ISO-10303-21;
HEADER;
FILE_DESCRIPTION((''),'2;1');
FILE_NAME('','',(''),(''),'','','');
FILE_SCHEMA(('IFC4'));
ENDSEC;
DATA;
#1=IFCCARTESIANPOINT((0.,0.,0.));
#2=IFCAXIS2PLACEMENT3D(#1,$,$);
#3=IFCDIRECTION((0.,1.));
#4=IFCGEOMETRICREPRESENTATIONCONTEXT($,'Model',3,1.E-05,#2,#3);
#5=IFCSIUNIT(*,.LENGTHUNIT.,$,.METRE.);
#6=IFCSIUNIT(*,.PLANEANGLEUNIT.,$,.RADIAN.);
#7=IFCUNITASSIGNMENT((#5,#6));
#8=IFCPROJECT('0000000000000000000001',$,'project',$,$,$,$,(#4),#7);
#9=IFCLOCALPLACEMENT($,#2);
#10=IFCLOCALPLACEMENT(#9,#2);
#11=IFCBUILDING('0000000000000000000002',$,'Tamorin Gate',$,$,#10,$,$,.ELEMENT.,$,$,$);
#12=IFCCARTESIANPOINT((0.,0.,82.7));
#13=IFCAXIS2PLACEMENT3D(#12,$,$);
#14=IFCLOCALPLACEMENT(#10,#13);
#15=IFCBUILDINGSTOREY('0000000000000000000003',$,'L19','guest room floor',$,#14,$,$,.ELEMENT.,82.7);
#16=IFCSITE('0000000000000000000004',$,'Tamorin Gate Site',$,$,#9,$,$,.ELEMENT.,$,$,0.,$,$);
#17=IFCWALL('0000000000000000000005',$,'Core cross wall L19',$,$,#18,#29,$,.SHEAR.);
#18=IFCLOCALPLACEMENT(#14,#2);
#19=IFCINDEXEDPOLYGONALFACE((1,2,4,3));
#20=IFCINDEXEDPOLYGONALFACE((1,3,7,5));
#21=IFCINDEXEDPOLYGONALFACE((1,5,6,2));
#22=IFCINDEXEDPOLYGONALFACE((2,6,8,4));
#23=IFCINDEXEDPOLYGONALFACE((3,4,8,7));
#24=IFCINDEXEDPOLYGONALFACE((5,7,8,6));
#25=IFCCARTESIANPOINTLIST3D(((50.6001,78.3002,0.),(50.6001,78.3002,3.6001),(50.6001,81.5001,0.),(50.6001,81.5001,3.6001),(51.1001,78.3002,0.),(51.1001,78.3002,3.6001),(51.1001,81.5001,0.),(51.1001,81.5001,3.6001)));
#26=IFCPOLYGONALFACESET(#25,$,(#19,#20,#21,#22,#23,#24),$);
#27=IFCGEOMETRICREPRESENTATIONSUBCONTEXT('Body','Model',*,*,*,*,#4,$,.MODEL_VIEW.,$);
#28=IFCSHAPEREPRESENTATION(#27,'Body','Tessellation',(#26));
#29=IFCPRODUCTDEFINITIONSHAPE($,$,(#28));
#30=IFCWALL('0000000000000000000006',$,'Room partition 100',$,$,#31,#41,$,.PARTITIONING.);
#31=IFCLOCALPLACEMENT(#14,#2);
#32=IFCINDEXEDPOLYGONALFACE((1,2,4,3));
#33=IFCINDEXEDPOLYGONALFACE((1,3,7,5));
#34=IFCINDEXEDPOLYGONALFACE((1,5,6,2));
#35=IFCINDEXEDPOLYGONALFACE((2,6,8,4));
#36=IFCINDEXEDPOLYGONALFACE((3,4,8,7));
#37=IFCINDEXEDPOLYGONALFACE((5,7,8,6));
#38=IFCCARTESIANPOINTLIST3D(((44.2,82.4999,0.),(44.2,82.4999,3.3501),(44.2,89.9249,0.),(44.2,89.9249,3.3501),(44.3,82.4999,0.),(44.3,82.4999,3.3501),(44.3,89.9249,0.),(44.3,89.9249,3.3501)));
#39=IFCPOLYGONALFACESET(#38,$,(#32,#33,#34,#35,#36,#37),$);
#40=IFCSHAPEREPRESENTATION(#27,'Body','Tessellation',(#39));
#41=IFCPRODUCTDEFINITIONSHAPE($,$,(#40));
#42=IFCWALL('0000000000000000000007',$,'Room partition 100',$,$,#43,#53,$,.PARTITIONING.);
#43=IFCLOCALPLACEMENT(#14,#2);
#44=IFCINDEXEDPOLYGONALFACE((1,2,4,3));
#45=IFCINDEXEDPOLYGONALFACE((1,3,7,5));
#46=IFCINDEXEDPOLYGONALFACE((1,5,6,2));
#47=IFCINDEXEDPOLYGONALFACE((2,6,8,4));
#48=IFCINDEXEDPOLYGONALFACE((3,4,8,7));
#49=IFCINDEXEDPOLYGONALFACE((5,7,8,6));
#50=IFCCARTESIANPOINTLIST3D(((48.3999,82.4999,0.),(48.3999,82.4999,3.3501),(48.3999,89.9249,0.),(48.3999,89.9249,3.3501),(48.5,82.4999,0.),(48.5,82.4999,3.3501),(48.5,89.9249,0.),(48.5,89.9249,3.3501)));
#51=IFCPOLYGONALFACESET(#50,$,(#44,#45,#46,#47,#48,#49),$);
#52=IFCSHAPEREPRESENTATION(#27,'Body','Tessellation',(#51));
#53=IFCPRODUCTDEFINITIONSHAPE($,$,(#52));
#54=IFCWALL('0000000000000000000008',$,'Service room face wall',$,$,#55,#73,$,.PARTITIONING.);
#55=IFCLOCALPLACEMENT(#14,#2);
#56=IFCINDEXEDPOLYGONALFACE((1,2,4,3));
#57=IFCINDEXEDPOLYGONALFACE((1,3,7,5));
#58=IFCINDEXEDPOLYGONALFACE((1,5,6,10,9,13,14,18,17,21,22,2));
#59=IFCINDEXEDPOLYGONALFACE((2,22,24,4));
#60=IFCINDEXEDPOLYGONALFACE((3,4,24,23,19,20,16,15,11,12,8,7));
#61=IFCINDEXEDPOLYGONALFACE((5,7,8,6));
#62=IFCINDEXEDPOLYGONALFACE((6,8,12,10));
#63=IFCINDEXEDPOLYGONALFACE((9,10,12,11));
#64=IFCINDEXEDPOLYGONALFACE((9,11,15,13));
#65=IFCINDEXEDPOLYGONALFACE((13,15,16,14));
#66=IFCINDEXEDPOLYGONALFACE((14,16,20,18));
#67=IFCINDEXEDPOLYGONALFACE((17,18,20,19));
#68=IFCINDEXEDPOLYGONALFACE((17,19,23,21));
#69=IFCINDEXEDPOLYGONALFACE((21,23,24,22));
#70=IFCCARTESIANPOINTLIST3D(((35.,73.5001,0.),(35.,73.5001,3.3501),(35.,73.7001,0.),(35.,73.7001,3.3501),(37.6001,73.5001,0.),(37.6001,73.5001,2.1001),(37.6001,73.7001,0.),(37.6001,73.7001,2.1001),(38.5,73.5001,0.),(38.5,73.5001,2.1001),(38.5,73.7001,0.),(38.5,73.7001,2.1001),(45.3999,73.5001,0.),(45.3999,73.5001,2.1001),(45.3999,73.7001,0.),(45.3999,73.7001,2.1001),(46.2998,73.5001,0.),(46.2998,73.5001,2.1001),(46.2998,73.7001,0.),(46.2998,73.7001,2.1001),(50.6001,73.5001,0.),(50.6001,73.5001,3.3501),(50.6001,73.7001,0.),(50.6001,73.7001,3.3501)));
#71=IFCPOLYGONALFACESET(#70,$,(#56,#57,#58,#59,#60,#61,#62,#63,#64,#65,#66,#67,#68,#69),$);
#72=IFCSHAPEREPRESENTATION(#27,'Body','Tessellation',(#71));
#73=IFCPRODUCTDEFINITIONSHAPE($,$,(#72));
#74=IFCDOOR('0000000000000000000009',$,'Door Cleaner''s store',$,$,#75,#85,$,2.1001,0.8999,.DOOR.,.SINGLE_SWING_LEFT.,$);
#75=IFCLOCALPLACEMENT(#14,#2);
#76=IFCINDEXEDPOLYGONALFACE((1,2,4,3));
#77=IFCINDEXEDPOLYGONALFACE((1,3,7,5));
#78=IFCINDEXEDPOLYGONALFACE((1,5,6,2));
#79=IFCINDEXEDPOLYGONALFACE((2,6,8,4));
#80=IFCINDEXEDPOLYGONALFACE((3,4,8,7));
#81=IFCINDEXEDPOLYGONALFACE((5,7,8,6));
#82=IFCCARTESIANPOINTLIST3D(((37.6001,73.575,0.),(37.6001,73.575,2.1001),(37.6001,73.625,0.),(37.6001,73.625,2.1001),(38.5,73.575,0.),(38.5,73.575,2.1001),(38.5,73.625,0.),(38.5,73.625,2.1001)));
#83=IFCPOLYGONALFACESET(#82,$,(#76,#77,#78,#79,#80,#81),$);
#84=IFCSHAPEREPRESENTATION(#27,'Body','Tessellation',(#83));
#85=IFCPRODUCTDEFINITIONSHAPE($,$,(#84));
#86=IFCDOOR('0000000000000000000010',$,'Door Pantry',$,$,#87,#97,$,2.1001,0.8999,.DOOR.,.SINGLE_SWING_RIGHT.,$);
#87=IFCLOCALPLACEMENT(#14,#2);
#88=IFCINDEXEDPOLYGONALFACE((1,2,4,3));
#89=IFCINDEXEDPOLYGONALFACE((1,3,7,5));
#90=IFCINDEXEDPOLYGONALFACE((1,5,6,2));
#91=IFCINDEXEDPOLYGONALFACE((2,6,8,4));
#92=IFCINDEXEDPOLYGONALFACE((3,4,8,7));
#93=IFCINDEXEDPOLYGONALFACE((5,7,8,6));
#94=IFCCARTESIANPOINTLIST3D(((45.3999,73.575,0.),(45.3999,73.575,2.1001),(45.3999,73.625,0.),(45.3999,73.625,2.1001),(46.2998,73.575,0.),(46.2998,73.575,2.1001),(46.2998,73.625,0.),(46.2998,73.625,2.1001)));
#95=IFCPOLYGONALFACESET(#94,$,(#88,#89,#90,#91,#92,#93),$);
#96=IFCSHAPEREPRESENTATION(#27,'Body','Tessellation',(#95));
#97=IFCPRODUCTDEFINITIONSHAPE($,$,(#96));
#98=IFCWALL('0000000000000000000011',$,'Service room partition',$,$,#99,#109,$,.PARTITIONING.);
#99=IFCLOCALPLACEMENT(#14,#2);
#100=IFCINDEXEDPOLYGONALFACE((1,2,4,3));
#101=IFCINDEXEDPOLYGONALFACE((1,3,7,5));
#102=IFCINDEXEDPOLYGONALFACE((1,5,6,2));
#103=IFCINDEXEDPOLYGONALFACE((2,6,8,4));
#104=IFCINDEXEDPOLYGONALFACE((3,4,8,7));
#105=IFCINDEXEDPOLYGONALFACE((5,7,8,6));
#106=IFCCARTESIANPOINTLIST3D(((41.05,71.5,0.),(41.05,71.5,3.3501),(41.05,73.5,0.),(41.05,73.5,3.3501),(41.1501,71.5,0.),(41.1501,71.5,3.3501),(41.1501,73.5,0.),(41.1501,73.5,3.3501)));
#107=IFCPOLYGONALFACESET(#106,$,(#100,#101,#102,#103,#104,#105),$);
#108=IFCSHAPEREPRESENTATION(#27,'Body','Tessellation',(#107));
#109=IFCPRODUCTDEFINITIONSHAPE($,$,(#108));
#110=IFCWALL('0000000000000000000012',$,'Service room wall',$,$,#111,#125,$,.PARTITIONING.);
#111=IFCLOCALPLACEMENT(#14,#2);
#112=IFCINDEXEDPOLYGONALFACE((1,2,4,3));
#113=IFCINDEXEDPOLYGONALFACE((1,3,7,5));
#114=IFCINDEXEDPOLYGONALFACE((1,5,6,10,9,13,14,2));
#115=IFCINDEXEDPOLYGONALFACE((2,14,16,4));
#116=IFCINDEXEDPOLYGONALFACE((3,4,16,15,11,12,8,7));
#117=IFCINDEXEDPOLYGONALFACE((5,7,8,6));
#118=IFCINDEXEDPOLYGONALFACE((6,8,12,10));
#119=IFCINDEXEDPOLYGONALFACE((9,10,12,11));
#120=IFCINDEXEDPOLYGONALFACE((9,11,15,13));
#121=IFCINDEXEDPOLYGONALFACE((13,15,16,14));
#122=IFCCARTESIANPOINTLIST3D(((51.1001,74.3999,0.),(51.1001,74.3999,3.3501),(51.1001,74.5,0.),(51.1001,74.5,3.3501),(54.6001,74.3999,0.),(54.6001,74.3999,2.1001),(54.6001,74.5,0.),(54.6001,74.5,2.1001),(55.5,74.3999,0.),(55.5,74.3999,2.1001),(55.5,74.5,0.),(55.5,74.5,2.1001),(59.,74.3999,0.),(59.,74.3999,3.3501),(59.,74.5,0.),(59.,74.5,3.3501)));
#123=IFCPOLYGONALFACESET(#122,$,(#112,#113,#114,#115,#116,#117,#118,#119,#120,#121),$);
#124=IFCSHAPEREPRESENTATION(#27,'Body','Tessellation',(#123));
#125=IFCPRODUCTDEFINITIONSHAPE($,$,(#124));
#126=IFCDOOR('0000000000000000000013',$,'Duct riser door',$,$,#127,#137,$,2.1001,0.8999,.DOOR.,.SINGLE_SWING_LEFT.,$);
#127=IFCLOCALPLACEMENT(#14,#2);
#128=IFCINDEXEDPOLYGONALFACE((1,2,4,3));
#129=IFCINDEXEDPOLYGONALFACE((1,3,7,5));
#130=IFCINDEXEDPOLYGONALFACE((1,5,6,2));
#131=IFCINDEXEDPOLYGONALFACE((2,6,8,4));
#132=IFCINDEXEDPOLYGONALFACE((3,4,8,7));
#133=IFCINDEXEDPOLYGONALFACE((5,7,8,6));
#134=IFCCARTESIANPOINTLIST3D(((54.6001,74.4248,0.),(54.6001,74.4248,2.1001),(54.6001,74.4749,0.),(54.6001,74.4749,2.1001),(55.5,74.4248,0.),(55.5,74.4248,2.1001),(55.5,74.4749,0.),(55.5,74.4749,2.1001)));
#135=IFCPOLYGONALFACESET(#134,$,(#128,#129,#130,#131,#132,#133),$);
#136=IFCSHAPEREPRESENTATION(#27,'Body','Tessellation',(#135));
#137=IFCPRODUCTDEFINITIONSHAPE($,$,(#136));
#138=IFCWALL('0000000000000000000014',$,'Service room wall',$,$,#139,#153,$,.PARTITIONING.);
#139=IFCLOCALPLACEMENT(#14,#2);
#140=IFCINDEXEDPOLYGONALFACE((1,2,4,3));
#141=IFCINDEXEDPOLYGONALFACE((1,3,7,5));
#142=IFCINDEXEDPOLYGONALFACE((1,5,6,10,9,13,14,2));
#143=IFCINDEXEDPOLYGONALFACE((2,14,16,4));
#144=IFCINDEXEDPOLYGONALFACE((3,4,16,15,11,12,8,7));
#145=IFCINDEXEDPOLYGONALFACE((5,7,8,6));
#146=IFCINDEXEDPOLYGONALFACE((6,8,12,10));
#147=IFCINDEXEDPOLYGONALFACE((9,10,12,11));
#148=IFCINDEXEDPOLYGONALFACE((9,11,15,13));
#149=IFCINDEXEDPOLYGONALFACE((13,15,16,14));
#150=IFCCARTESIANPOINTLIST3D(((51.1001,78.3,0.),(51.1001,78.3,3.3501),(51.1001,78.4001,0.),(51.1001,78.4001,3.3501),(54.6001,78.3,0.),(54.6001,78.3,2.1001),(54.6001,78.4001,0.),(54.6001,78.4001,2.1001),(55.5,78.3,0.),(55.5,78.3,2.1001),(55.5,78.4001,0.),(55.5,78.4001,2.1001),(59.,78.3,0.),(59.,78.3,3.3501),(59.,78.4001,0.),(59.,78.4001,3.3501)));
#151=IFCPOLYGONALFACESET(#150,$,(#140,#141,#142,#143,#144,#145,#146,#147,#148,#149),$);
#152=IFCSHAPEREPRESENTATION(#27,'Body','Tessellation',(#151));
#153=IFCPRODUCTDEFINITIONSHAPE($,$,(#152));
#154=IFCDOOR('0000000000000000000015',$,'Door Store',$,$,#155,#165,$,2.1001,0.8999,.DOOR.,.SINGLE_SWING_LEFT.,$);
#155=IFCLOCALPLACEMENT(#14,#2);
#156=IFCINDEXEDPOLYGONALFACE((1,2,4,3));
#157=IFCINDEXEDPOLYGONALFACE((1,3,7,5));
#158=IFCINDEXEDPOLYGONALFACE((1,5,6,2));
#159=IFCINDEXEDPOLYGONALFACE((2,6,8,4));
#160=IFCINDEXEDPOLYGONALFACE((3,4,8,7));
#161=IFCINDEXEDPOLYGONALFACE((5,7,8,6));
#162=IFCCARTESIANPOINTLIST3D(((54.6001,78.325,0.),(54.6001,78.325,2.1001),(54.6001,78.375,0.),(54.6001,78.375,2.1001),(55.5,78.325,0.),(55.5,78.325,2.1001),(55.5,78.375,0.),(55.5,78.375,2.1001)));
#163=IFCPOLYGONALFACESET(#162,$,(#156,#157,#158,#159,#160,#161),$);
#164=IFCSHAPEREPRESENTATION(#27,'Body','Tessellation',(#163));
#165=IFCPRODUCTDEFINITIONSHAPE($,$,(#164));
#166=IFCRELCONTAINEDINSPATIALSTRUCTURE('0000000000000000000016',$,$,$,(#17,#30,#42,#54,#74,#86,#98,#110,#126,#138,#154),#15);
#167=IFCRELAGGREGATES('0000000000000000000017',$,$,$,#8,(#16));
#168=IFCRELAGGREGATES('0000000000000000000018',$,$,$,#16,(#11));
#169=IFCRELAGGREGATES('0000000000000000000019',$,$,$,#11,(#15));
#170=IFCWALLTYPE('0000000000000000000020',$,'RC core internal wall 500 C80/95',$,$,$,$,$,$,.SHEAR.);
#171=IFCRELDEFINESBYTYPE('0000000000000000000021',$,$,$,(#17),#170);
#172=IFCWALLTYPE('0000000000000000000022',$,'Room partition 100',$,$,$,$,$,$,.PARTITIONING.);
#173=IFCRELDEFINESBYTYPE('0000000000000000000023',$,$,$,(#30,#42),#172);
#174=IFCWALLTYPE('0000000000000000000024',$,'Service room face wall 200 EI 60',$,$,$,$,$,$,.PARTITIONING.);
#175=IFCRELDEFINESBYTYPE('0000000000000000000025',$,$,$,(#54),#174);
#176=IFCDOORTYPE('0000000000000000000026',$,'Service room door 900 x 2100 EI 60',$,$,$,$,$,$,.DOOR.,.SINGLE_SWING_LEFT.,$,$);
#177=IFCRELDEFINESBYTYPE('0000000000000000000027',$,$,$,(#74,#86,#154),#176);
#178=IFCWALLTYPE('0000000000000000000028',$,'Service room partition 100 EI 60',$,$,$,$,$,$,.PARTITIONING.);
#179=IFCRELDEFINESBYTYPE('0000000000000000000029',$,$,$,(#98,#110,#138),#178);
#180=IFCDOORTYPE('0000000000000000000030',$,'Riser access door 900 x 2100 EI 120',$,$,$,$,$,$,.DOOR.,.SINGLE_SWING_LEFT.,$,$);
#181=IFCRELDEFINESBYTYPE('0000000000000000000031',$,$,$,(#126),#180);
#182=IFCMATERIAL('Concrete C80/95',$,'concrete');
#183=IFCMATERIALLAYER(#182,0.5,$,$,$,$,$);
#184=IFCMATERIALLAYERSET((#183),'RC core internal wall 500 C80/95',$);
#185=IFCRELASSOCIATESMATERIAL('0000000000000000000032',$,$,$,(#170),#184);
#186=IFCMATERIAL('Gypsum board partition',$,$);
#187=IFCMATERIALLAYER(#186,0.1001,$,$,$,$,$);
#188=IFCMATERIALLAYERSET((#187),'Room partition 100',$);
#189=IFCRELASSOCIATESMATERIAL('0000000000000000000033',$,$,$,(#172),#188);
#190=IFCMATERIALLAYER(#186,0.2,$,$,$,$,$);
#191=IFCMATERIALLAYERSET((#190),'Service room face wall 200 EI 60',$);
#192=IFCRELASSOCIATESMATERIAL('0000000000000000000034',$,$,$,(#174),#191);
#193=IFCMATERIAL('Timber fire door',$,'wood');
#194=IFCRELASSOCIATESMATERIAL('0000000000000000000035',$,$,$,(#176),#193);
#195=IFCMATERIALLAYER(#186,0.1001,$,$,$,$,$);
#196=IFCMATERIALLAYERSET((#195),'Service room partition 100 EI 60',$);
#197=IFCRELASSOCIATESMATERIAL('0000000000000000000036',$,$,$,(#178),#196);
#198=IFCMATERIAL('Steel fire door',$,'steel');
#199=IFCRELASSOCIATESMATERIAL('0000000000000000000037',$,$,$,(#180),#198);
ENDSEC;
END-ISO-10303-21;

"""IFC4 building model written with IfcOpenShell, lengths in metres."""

from ifc_helpers import new_model, si_unit, direction, frame, frame_2d, origin, place, context, subcontext, project, spatial, rectangle, extrude, material, layer, layer_set, type_object, element, fill, save


model = new_model("IFC4")

# Units and contexts
model_context = context("Model", 3, precision=1e-05, world=origin(), true_north=direction((0.0, 1.0)))
body_context = subcontext(model_context, "Body", "Model", "MODEL_VIEW")
ifc_project = project(units=[si_unit("LENGTHUNIT", "METRE"), si_unit("PLANEANGLEUNIT", "RADIAN")], contexts=[model_context])

# Site, building, storey
site_placement = place(None, origin())
site = spatial("IfcSite", under=ifc_project, at=site_placement, Name="Tamorin Gate Site", CompositionType="ELEMENT", RefElevation=0.0)
building_placement = place(site_placement, origin())
building = spatial("IfcBuilding", under=site, at=building_placement, Name="Tamorin Gate", CompositionType="ELEMENT")
storey_placement = place(building_placement, frame((0.0, 0.0, 82.7)))
storey = spatial("IfcBuildingStorey", under=building, at=storey_placement, Name="L19", Description="guest room floor", CompositionType="ELEMENT", Elevation=82.7)

# Shared definitions
ifc_material_1 = material(Name="Concrete C80/95", Category="concrete")

# Shared definitions
ifc_material_2 = material(Name="Steel fire door", Category="steel")

# Walls
ifc_layer_1 = layer(ifc_material_1, 0.5)
ifc_layer_set_1 = layer_set([ifc_layer_1], Name="RC core internal wall 500 C80/95")
wall_type_1 = type_object("IfcWallType", Name="RC core internal wall 500 C80/95", PredefinedType="SHEAR", material=ifc_layer_set_1)
wall_1_placement = place(storey_placement, frame((50.8501, 78.3, 0.0), z_axis=(0.0, 0.0, 1.0), x_axis=(0.0, 1.0, 0.0)))
element("IfcWall", 1, at=wall_1_placement, inside=storey, type_object=wall_type_1, Name="Core cross wall L19", PredefinedType="SHEAR", context=body_context, shape_type="SweptSolid", body=[
    extrude(rectangle(XDim=3.2, YDim=0.5, at=frame_2d((1.6001, 0.0))), origin(), (0.0, 0.0, 1.0), 3.6001),
])
ifc_material_3 = material(Name="Gypsum board partition")
ifc_layer_2 = layer(ifc_material_3, 0.1001)
ifc_layer_set_2 = layer_set([ifc_layer_2], Name="Room partition 100")
wall_type_2 = type_object("IfcWallType", Name="Room partition 100", PredefinedType="PARTITIONING", material=ifc_layer_set_2)
for number, where, z_axis, x_axis, name in (
    (2, (44.25, 82.5, 0.0), (0.0, 0.0, 1.0), (0.0, 1.0, 0.0), "Room partition 100"),
    (3, (48.45, 82.5, 0.0), (0.0, 0.0, 1.0), (0.0, 1.0, 0.0), "Room partition 100"),
):
    element("IfcWall", number, at=place(storey_placement, frame(where, z_axis=z_axis, x_axis=x_axis)), inside=storey, type_object=wall_type_2, Name=name, PredefinedType="PARTITIONING", context=body_context, shape_type="SweptSolid", body=[
        extrude(rectangle(XDim=7.425, YDim=0.1001, at=frame_2d((3.7124, 0.0))), origin(), (0.0, 0.0, 1.0), 3.3501),
    ])

# Wall, openings, doors
ifc_layer_3 = layer(ifc_material_3, 0.2)
ifc_layer_set_3 = layer_set([ifc_layer_3], Name="Service room face wall 200 EI 60")
wall_type_3 = type_object("IfcWallType", Name="Service room face wall 200 EI 60", PredefinedType="PARTITIONING", material=ifc_layer_set_3)
wall_2_placement = place(storey_placement, frame((35.0, 73.6001, 0.0), z_axis=(0.0, 0.0, 1.0), x_axis=(1.0, 0.0, 0.0)))
wall_2 = element("IfcWall", 4, at=wall_2_placement, inside=storey, type_object=wall_type_3, Name="Service room face wall", PredefinedType="PARTITIONING", context=body_context, shape_type="SweptSolid", body=[
    extrude(rectangle(XDim=15.6001, YDim=0.2, at=frame_2d((7.8, 0.0))), origin(), (0.0, 0.0, 1.0), 3.3501),
])
opening_1_placement = place(wall_2_placement, frame((2.6001, 0.0, 0.0)))
opening_1 = element("IfcOpeningElement", 5, at=opening_1_placement, cuts=wall_2, PredefinedType="OPENING", context=body_context, shape_type="SweptSolid", body=[
    extrude(rectangle(XDim=0.8999, YDim=2.1001, at=frame_2d((0.45, 1.05))), frame((0.0, 0.1099, 0.0), z_axis=(0.0, -1.0, 0.0), x_axis=(1.0, 0.0, 0.0)), (0.0, 0.0, 1.0), 0.22),
])
opening_2_placement = place(wall_2_placement, frame((10.3999, 0.0, 0.0)))
opening_2 = element("IfcOpeningElement", 6, at=opening_2_placement, cuts=wall_2, PredefinedType="OPENING", context=body_context, shape_type="SweptSolid", body=[
    extrude(rectangle(XDim=0.8999, YDim=2.1001, at=frame_2d((0.45, 1.05))), frame((0.0, 0.1099, 0.0), z_axis=(0.0, -1.0, 0.0), x_axis=(1.0, 0.0, 0.0)), (0.0, 0.0, 1.0), 0.22),
])
ifc_material_4 = material(Name="Timber fire door", Category="wood")
door_type_1 = type_object("IfcDoorType", Name="Service room door 900 x 2100 EI 60", OperationType="SINGLE_SWING_LEFT", PredefinedType="DOOR", material=ifc_material_4)
door_1_placement = place(opening_1_placement, origin())
door_1 = element("IfcDoor", 7, at=door_1_placement, inside=storey, type_object=door_type_1, Name="Door Cleaner's store", OperationType="SINGLE_SWING_LEFT", OverallHeight=2.1001, OverallWidth=0.8999, PredefinedType="DOOR", context=body_context, shape_type="SweptSolid", body=[
    extrude(rectangle(XDim=0.8999, YDim=2.1001, at=frame_2d((0.45, 1.05))), frame((0.0, 0.0249, 0.0), z_axis=(0.0, -1.0, 0.0), x_axis=(1.0, 0.0, 0.0)), (0.0, 0.0, 1.0), 0.05),
])
fill(opening_1, door_1)
door_2_placement = place(opening_2_placement, origin())
door_2 = element("IfcDoor", 8, at=door_2_placement, inside=storey, type_object=door_type_1, Name="Door Pantry", OperationType="SINGLE_SWING_RIGHT", OverallHeight=2.1001, OverallWidth=0.8999, PredefinedType="DOOR", context=body_context, shape_type="SweptSolid", body=[
    extrude(rectangle(XDim=0.8999, YDim=2.1001, at=frame_2d((0.45, 1.05))), frame((0.0, 0.0249, 0.0), z_axis=(0.0, -1.0, 0.0), x_axis=(1.0, 0.0, 0.0)), (0.0, 0.0, 1.0), 0.05),
])
fill(opening_2, door_2)

# Wall
ifc_layer_4 = layer(ifc_material_3, 0.1001)
ifc_layer_set_4 = layer_set([ifc_layer_4], Name="Service room partition 100 EI 60")
wall_type_4 = type_object("IfcWallType", Name="Service room partition 100 EI 60", PredefinedType="PARTITIONING", material=ifc_layer_set_4)
wall_3_placement = place(storey_placement, frame((41.1001, 71.5, 0.0), z_axis=(0.0, 0.0, 1.0), x_axis=(0.0, 1.0, 0.0)))
element("IfcWall", 9, at=wall_3_placement, inside=storey, type_object=wall_type_4, Name="Service room partition", PredefinedType="PARTITIONING", context=body_context, shape_type="SweptSolid", body=[
    extrude(rectangle(XDim=2.0, YDim=0.1001, at=frame_2d((1.0, 0.0))), origin(), (0.0, 0.0, 1.0), 3.3501),
])

# Walls, openings, doors
wall_4_placement = place(storey_placement, frame((51.1001, 74.45, 0.0), z_axis=(0.0, 0.0, 1.0), x_axis=(1.0, 0.0, 0.0)))
wall_4 = element("IfcWall", 10, at=wall_4_placement, inside=storey, type_object=wall_type_4, Name="Service room wall", PredefinedType="PARTITIONING", context=body_context, shape_type="SweptSolid", body=[
    extrude(rectangle(XDim=7.8999, YDim=0.1001, at=frame_2d((3.95, 0.0))), origin(), (0.0, 0.0, 1.0), 3.3501),
])
opening_3_placement = place(wall_4_placement, frame((3.5, 0.0, 0.0)))
opening_3 = element("IfcOpeningElement", 11, at=opening_3_placement, cuts=wall_4, PredefinedType="OPENING", context=body_context, shape_type="SweptSolid", body=[
    extrude(rectangle(XDim=0.8999, YDim=2.1001, at=frame_2d((0.45, 1.05))), frame((0.0, 0.0601, 0.0), z_axis=(0.0, -1.0, 0.0), x_axis=(1.0, 0.0, 0.0)), (0.0, 0.0, 1.0), 0.1201),
])
door_type_2 = type_object("IfcDoorType", Name="Riser access door 900 x 2100 EI 120", OperationType="SINGLE_SWING_LEFT", PredefinedType="DOOR", material=ifc_material_2)
door_3_placement = place(opening_3_placement, origin())
door_3 = element("IfcDoor", 12, at=door_3_placement, inside=storey, type_object=door_type_2, Name="Duct riser door", OperationType="SINGLE_SWING_LEFT", OverallHeight=2.1001, OverallWidth=0.8999, PredefinedType="DOOR", context=body_context, shape_type="SweptSolid", body=[
    extrude(rectangle(XDim=0.8999, YDim=2.1001, at=frame_2d((0.45, 1.05))), frame((0.0, 0.0249, 0.0), z_axis=(0.0, -1.0, 0.0), x_axis=(1.0, 0.0, 0.0)), (0.0, 0.0, 1.0), 0.05),
])
fill(opening_3, door_3)
wall_5_placement = place(storey_placement, frame((51.1001, 78.3501, 0.0), z_axis=(0.0, 0.0, 1.0), x_axis=(1.0, 0.0, 0.0)))
wall_5 = element("IfcWall", 13, at=wall_5_placement, inside=storey, type_object=wall_type_4, Name="Service room wall", PredefinedType="PARTITIONING", context=body_context, shape_type="SweptSolid", body=[
    extrude(rectangle(XDim=7.8999, YDim=0.1001, at=frame_2d((3.95, 0.0))), origin(), (0.0, 0.0, 1.0), 3.3501),
])
opening_4_placement = place(wall_5_placement, frame((3.5, 0.0, 0.0)))
opening_4 = element("IfcOpeningElement", 14, at=opening_4_placement, cuts=wall_5, PredefinedType="OPENING", context=body_context, shape_type="SweptSolid", body=[
    extrude(rectangle(XDim=0.8999, YDim=2.1001, at=frame_2d((0.45, 1.05))), frame((0.0, 0.0601, 0.0), z_axis=(0.0, -1.0, 0.0), x_axis=(1.0, 0.0, 0.0)), (0.0, 0.0, 1.0), 0.1201),
])
door_4_placement = place(opening_4_placement, origin())
door_4 = element("IfcDoor", 15, at=door_4_placement, inside=storey, type_object=door_type_1, Name="Door Store", OperationType="SINGLE_SWING_LEFT", OverallHeight=2.1001, OverallWidth=0.8999, PredefinedType="DOOR", context=body_context, shape_type="SweptSolid", body=[
    extrude(rectangle(XDim=0.8999, YDim=2.1001, at=frame_2d((0.45, 1.05))), frame((0.0, 0.0249, 0.0), z_axis=(0.0, -1.0, 0.0), x_axis=(1.0, 0.0, 0.0)), (0.0, 0.0, 1.0), 0.05),
])
fill(opening_4, door_4)

save(model, "model.ifc")
